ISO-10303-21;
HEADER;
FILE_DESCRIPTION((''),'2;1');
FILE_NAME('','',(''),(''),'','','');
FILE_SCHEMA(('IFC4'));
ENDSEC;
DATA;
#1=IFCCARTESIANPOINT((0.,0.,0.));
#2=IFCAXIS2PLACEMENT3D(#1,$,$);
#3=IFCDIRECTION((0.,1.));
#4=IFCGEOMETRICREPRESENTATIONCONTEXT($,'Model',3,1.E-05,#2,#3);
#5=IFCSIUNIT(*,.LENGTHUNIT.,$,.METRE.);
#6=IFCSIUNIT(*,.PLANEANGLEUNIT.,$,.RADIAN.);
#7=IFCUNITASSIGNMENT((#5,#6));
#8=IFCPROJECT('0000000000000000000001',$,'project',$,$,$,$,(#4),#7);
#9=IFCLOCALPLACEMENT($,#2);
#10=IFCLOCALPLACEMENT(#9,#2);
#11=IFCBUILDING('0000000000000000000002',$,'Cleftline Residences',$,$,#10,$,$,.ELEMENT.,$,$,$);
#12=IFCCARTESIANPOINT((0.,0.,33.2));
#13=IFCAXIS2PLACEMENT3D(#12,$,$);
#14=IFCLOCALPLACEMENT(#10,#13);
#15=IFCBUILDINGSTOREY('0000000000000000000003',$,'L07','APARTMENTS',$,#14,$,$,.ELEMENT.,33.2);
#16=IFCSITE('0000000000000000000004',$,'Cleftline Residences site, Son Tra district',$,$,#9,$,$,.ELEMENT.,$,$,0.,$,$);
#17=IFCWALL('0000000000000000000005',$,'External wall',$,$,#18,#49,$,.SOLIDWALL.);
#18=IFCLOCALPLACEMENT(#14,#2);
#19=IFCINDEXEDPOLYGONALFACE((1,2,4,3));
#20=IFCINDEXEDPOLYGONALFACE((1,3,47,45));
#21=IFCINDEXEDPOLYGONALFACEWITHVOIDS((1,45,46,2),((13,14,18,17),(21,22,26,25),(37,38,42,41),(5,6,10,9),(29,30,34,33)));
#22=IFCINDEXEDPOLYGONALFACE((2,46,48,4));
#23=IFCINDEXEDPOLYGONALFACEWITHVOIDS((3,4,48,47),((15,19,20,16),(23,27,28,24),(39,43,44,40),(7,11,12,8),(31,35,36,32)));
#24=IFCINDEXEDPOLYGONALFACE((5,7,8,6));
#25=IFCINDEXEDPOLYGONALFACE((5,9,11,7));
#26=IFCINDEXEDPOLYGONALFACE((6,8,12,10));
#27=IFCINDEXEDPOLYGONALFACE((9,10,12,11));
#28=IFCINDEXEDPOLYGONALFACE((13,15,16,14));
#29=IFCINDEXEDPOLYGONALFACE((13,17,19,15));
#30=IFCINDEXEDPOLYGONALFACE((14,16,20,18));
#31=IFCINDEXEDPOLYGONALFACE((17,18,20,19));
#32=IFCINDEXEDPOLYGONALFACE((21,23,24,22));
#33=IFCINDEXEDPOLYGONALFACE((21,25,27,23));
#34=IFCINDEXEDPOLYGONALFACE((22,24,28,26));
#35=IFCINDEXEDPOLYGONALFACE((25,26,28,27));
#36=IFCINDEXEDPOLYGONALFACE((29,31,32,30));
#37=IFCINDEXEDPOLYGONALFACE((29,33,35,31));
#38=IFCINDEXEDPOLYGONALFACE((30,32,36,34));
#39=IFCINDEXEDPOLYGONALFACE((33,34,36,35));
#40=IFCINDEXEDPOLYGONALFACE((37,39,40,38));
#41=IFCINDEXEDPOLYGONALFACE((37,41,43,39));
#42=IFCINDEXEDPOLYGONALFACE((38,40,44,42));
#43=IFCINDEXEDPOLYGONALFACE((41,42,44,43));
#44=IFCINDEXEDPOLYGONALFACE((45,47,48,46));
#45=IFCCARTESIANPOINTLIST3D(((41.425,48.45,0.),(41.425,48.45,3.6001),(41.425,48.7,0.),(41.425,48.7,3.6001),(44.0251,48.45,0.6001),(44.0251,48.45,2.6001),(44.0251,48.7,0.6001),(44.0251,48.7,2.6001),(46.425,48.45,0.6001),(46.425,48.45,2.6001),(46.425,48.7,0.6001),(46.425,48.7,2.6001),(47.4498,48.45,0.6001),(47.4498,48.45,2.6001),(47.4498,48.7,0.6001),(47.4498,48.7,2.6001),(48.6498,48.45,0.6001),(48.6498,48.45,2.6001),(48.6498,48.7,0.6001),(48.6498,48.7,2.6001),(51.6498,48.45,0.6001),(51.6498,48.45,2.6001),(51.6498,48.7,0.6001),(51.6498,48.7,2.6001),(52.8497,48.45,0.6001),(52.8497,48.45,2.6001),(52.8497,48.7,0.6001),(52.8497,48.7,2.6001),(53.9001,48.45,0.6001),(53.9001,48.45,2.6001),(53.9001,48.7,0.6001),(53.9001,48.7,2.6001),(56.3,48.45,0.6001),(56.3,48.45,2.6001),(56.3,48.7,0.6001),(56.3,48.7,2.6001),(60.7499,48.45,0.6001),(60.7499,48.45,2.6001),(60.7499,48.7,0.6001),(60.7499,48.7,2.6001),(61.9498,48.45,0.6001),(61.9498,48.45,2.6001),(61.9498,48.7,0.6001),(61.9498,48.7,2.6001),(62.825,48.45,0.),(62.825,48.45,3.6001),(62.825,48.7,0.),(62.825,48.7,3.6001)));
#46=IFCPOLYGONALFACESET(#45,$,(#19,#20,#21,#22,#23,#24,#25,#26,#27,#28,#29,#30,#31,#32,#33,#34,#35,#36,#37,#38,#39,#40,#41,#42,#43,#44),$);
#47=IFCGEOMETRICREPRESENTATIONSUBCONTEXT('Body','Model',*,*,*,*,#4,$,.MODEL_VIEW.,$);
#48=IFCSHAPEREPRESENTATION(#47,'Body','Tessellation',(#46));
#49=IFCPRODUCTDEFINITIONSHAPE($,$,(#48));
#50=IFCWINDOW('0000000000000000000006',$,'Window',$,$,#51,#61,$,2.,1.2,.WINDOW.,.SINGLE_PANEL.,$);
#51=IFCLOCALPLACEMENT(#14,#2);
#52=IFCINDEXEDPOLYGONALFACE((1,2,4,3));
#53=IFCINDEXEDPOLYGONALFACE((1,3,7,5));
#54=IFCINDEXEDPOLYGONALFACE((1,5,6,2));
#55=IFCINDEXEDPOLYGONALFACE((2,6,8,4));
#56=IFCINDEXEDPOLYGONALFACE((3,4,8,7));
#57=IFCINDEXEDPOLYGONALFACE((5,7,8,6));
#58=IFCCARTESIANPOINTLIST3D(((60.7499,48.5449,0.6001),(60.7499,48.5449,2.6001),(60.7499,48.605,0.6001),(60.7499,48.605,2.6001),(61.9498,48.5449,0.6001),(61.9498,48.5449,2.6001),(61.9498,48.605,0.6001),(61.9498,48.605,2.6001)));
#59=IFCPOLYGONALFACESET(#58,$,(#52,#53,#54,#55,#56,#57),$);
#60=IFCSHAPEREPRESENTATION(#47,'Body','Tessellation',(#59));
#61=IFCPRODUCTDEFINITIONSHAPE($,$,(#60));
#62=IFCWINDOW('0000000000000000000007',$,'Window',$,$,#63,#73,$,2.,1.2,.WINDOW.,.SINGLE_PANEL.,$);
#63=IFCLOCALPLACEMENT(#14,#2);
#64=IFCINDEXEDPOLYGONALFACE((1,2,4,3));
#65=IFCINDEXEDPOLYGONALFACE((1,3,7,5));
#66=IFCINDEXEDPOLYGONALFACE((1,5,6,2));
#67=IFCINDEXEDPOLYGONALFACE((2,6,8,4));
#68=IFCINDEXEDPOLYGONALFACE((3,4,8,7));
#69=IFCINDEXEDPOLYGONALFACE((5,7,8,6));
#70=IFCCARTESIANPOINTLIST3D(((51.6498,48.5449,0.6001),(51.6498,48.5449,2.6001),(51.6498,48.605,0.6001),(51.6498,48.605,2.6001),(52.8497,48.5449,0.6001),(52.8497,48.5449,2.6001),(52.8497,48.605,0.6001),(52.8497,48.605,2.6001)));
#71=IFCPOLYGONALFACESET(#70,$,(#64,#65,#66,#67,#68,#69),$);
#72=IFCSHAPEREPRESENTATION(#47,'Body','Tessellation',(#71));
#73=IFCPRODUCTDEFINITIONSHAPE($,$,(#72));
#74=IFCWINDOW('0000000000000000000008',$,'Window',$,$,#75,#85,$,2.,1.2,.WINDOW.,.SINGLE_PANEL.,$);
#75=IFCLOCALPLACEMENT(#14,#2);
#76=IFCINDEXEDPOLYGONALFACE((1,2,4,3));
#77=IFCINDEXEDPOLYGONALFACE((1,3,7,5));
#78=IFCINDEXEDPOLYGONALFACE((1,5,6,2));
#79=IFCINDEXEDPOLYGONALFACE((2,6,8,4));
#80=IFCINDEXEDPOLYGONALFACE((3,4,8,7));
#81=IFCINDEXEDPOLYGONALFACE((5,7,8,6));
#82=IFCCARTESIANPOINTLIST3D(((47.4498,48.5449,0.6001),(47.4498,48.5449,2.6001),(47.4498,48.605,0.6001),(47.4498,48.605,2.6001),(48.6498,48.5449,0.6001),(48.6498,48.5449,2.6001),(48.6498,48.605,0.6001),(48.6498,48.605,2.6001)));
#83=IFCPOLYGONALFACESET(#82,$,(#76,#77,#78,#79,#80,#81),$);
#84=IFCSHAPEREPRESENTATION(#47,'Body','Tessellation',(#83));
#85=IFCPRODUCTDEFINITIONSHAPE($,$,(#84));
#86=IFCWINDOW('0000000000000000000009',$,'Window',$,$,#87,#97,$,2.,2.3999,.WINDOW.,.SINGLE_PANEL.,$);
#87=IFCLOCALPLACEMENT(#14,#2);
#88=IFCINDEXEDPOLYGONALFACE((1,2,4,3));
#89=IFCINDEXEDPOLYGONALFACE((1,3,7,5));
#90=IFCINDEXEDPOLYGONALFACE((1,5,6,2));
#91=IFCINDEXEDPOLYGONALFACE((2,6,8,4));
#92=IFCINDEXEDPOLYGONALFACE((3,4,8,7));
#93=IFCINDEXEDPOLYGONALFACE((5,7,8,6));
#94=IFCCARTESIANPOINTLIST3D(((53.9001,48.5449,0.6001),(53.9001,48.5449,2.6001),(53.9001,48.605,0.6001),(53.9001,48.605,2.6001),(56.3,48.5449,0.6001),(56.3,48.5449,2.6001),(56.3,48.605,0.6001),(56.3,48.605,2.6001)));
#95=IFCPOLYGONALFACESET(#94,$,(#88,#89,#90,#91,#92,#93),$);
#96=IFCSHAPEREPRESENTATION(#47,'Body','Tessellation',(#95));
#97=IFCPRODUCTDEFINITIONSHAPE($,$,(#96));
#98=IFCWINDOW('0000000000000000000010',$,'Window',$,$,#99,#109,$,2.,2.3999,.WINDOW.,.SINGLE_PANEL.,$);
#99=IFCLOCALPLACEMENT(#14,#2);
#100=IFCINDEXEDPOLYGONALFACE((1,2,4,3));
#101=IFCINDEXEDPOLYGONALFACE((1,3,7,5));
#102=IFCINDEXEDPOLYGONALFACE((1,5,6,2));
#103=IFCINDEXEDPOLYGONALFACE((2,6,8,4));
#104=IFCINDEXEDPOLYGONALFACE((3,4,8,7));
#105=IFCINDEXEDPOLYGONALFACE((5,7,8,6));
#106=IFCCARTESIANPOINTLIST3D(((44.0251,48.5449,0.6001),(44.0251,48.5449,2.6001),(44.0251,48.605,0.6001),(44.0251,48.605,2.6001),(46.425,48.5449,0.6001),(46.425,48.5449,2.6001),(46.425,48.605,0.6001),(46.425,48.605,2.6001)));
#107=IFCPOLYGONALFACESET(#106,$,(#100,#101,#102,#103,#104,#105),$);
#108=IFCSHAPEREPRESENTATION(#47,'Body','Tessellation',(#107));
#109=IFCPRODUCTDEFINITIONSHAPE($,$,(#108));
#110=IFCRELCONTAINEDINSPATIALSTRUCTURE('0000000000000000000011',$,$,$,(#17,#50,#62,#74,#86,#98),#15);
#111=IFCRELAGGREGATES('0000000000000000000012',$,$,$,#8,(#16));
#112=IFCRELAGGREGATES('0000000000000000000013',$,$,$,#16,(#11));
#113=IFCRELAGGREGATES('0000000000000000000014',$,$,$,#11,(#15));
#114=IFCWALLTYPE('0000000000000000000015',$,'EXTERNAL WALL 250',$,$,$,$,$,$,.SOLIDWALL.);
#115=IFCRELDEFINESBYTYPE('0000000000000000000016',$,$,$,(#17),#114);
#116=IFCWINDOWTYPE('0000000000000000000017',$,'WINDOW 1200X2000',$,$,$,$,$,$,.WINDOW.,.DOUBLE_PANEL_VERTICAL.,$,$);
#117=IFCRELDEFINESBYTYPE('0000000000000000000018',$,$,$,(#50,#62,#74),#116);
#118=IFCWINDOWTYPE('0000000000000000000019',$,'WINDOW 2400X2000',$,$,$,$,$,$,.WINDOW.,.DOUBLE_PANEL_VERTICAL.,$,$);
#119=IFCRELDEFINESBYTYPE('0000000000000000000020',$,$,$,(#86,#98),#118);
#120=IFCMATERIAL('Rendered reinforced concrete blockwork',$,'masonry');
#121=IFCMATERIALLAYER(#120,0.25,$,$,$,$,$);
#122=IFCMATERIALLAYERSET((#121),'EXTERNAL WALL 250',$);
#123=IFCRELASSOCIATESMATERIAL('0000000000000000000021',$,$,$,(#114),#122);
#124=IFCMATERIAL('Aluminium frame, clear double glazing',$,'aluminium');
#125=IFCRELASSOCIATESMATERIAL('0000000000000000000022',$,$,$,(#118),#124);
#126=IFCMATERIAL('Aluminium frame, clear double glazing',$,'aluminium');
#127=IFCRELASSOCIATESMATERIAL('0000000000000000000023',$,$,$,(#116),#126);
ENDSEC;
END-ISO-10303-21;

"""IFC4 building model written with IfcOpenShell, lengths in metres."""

from ifc_helpers import new_model, si_unit, direction, frame, frame_2d, origin, place, context, subcontext, project, spatial, rectangle, extrude, material, layer, layer_set, type_object, element, fill, save


model = new_model("IFC4")

# Units and contexts
model_context = context("Model", 3, precision=1e-05, world=origin(), true_north=direction((0.0, 1.0)))
body_context = subcontext(model_context, "Body", "Model", "MODEL_VIEW")
ifc_project = project(units=[si_unit("LENGTHUNIT", "METRE"), si_unit("PLANEANGLEUNIT", "RADIAN")], contexts=[model_context])

# Site, building, storey
site_placement = place(None, origin())
site = spatial("IfcSite", under=ifc_project, at=site_placement, Name="Cleftline Residences site, Son Tra district", CompositionType="ELEMENT", RefElevation=0.0)
building_placement = place(site_placement, origin())
building = spatial("IfcBuilding", under=site, at=building_placement, Name="Cleftline Residences", CompositionType="ELEMENT")
storey_placement = place(building_placement, frame((0.0, 0.0, 33.2)))
storey = spatial("IfcBuildingStorey", under=building, at=storey_placement, Name="L07", Description="APARTMENTS", CompositionType="ELEMENT", Elevation=33.2)

# Shared definitions
ifc_material_1 = material(Name="Rendered reinforced concrete blockwork", Category="masonry")
ifc_layer_1 = layer(ifc_material_1, 0.25)
ifc_layer_set_1 = layer_set([ifc_layer_1], Name="EXTERNAL WALL 250")
wall_type = type_object("IfcWallType", Name="EXTERNAL WALL 250", PredefinedType="SOLIDWALL", material=ifc_layer_set_1)
ifc_material_2 = material(Name="Aluminium frame, clear double glazing", Category="aluminium")
window_type_1 = type_object("IfcWindowType", Name="WINDOW 2400X2000", PartitioningType="DOUBLE_PANEL_VERTICAL", PredefinedType="WINDOW", material=ifc_material_2)

# Wall, openings, windows
wall_1_placement = place(storey_placement, frame((62.825, 48.575, 0.0), z_axis=(0.0, 0.0, 1.0), x_axis=(-1.0, 0.0, 0.0)))
wall_1 = element("IfcWall", 1, at=wall_1_placement, inside=storey, type_object=wall_type, Name="External wall", PredefinedType="SOLIDWALL", context=body_context, shape_type="SweptSolid", body=[
    extrude(rectangle(XDim=21.3999, YDim=0.25, at=frame_2d((10.7, 0.0))), origin(), (0.0, 0.0, 1.0), 3.6001),
])
opening_1_placement = place(wall_1_placement, frame((0.875, 0.0, 0.6001)))
opening_1 = element("IfcOpeningElement", 2, at=opening_1_placement, cuts=wall_1, PredefinedType="OPENING", context=body_context, shape_type="SweptSolid", body=[
    extrude(rectangle(XDim=1.2, YDim=2.0, at=frame_2d((0.6001, 1.0))), frame((0.0, 0.135, 0.0), z_axis=(0.0, -1.0, 0.0), x_axis=(1.0, 0.0, 0.0)), (0.0, 0.0, 1.0), 0.27),
])
opening_2_placement = place(wall_1_placement, frame((6.5249, 0.0, 0.6001)))
opening_2 = element("IfcOpeningElement", 3, at=opening_2_placement, cuts=wall_1, PredefinedType="OPENING", context=body_context, shape_type="SweptSolid", body=[
    extrude(rectangle(XDim=2.3999, YDim=2.0, at=frame_2d((1.2, 1.0))), frame((0.0, 0.135, 0.0), z_axis=(0.0, -1.0, 0.0), x_axis=(1.0, 0.0, 0.0)), (0.0, 0.0, 1.0), 0.27),
])
opening_3_placement = place(wall_1_placement, frame((9.9751, 0.0, 0.6001)))
opening_3 = element("IfcOpeningElement", 4, at=opening_3_placement, cuts=wall_1, PredefinedType="OPENING", context=body_context, shape_type="SweptSolid", body=[
    extrude(rectangle(XDim=1.2, YDim=2.0, at=frame_2d((0.6001, 1.0))), frame((0.0, 0.135, 0.0), z_axis=(0.0, -1.0, 0.0), x_axis=(1.0, 0.0, 0.0)), (0.0, 0.0, 1.0), 0.27),
])
opening_4_placement = place(wall_1_placement, frame((14.175, 0.0, 0.6001)))
opening_4 = element("IfcOpeningElement", 5, at=opening_4_placement, cuts=wall_1, PredefinedType="OPENING", context=body_context, shape_type="SweptSolid", body=[
    extrude(rectangle(XDim=1.2, YDim=2.0, at=frame_2d((0.6001, 1.0))), frame((0.0, 0.135, 0.0), z_axis=(0.0, -1.0, 0.0), x_axis=(1.0, 0.0, 0.0)), (0.0, 0.0, 1.0), 0.27),
])
opening_5_placement = place(wall_1_placement, frame((16.3999, 0.0, 0.6001)))
opening_5 = element("IfcOpeningElement", 6, at=opening_5_placement, cuts=wall_1, PredefinedType="OPENING", context=body_context, shape_type="SweptSolid", body=[
    extrude(rectangle(XDim=2.3999, YDim=2.0, at=frame_2d((1.2, 1.0))), frame((0.0, 0.135, 0.0), z_axis=(0.0, -1.0, 0.0), x_axis=(1.0, 0.0, 0.0)), (0.0, 0.0, 1.0), 0.27),
])
ifc_material_3 = material(Name="Aluminium frame, clear double glazing", Category="aluminium")
window_type_2 = type_object("IfcWindowType", Name="WINDOW 1200X2000", PartitioningType="DOUBLE_PANEL_VERTICAL", PredefinedType="WINDOW", material=ifc_material_3)
window_1_placement = place(opening_1_placement, origin())
window_1 = element("IfcWindow", 7, at=window_1_placement, inside=storey, type_object=window_type_2, Name="Window", OverallHeight=2.0, OverallWidth=1.2, PartitioningType="SINGLE_PANEL", PredefinedType="WINDOW", context=body_context, shape_type="SweptSolid", body=[
    extrude(rectangle(XDim=1.2, YDim=2.0, at=frame_2d((0.6001, 1.0))), frame((0.0, 0.03, 0.0), z_axis=(0.0, -1.0, 0.0), x_axis=(1.0, 0.0, 0.0)), (0.0, 0.0, 1.0), 0.0601),
])
fill(opening_1, window_1)
window_2_placement = place(opening_3_placement, origin())
window_2 = element("IfcWindow", 8, at=window_2_placement, inside=storey, type_object=window_type_2, Name="Window", OverallHeight=2.0, OverallWidth=1.2, PartitioningType="SINGLE_PANEL", PredefinedType="WINDOW", context=body_context, shape_type="SweptSolid", body=[
    extrude(rectangle(XDim=1.2, YDim=2.0, at=frame_2d((0.6001, 1.0))), frame((0.0, 0.03, 0.0), z_axis=(0.0, -1.0, 0.0), x_axis=(1.0, 0.0, 0.0)), (0.0, 0.0, 1.0), 0.0601),
])
fill(opening_3, window_2)
window_3_placement = place(opening_4_placement, origin())
window_3 = element("IfcWindow", 9, at=window_3_placement, inside=storey, type_object=window_type_2, Name="Window", OverallHeight=2.0, OverallWidth=1.2, PartitioningType="SINGLE_PANEL", PredefinedType="WINDOW", context=body_context, shape_type="SweptSolid", body=[
    extrude(rectangle(XDim=1.2, YDim=2.0, at=frame_2d((0.6001, 1.0))), frame((0.0, 0.03, 0.0), z_axis=(0.0, -1.0, 0.0), x_axis=(1.0, 0.0, 0.0)), (0.0, 0.0, 1.0), 0.0601),
])
fill(opening_4, window_3)
window_4_placement = place(opening_2_placement, origin())
window_4 = element("IfcWindow", 10, at=window_4_placement, inside=storey, type_object=window_type_1, Name="Window", OverallHeight=2.0, OverallWidth=2.3999, PartitioningType="SINGLE_PANEL", PredefinedType="WINDOW", context=body_context, shape_type="SweptSolid", body=[
    extrude(rectangle(XDim=2.3999, YDim=2.0, at=frame_2d((1.2, 1.0))), frame((0.0, 0.03, 0.0), z_axis=(0.0, -1.0, 0.0), x_axis=(1.0, 0.0, 0.0)), (0.0, 0.0, 1.0), 0.0601),
])
fill(opening_2, window_4)
window_5_placement = place(opening_5_placement, origin())
window_5 = element("IfcWindow", 11, at=window_5_placement, inside=storey, type_object=window_type_1, Name="Window", OverallHeight=2.0, OverallWidth=2.3999, PartitioningType="SINGLE_PANEL", PredefinedType="WINDOW", context=body_context, shape_type="SweptSolid", body=[
    extrude(rectangle(XDim=2.3999, YDim=2.0, at=frame_2d((1.2, 1.0))), frame((0.0, 0.03, 0.0), z_axis=(0.0, -1.0, 0.0), x_axis=(1.0, 0.0, 0.0)), (0.0, 0.0, 1.0), 0.0601),
])
fill(opening_5, window_5)

save(model, "model.ifc")
